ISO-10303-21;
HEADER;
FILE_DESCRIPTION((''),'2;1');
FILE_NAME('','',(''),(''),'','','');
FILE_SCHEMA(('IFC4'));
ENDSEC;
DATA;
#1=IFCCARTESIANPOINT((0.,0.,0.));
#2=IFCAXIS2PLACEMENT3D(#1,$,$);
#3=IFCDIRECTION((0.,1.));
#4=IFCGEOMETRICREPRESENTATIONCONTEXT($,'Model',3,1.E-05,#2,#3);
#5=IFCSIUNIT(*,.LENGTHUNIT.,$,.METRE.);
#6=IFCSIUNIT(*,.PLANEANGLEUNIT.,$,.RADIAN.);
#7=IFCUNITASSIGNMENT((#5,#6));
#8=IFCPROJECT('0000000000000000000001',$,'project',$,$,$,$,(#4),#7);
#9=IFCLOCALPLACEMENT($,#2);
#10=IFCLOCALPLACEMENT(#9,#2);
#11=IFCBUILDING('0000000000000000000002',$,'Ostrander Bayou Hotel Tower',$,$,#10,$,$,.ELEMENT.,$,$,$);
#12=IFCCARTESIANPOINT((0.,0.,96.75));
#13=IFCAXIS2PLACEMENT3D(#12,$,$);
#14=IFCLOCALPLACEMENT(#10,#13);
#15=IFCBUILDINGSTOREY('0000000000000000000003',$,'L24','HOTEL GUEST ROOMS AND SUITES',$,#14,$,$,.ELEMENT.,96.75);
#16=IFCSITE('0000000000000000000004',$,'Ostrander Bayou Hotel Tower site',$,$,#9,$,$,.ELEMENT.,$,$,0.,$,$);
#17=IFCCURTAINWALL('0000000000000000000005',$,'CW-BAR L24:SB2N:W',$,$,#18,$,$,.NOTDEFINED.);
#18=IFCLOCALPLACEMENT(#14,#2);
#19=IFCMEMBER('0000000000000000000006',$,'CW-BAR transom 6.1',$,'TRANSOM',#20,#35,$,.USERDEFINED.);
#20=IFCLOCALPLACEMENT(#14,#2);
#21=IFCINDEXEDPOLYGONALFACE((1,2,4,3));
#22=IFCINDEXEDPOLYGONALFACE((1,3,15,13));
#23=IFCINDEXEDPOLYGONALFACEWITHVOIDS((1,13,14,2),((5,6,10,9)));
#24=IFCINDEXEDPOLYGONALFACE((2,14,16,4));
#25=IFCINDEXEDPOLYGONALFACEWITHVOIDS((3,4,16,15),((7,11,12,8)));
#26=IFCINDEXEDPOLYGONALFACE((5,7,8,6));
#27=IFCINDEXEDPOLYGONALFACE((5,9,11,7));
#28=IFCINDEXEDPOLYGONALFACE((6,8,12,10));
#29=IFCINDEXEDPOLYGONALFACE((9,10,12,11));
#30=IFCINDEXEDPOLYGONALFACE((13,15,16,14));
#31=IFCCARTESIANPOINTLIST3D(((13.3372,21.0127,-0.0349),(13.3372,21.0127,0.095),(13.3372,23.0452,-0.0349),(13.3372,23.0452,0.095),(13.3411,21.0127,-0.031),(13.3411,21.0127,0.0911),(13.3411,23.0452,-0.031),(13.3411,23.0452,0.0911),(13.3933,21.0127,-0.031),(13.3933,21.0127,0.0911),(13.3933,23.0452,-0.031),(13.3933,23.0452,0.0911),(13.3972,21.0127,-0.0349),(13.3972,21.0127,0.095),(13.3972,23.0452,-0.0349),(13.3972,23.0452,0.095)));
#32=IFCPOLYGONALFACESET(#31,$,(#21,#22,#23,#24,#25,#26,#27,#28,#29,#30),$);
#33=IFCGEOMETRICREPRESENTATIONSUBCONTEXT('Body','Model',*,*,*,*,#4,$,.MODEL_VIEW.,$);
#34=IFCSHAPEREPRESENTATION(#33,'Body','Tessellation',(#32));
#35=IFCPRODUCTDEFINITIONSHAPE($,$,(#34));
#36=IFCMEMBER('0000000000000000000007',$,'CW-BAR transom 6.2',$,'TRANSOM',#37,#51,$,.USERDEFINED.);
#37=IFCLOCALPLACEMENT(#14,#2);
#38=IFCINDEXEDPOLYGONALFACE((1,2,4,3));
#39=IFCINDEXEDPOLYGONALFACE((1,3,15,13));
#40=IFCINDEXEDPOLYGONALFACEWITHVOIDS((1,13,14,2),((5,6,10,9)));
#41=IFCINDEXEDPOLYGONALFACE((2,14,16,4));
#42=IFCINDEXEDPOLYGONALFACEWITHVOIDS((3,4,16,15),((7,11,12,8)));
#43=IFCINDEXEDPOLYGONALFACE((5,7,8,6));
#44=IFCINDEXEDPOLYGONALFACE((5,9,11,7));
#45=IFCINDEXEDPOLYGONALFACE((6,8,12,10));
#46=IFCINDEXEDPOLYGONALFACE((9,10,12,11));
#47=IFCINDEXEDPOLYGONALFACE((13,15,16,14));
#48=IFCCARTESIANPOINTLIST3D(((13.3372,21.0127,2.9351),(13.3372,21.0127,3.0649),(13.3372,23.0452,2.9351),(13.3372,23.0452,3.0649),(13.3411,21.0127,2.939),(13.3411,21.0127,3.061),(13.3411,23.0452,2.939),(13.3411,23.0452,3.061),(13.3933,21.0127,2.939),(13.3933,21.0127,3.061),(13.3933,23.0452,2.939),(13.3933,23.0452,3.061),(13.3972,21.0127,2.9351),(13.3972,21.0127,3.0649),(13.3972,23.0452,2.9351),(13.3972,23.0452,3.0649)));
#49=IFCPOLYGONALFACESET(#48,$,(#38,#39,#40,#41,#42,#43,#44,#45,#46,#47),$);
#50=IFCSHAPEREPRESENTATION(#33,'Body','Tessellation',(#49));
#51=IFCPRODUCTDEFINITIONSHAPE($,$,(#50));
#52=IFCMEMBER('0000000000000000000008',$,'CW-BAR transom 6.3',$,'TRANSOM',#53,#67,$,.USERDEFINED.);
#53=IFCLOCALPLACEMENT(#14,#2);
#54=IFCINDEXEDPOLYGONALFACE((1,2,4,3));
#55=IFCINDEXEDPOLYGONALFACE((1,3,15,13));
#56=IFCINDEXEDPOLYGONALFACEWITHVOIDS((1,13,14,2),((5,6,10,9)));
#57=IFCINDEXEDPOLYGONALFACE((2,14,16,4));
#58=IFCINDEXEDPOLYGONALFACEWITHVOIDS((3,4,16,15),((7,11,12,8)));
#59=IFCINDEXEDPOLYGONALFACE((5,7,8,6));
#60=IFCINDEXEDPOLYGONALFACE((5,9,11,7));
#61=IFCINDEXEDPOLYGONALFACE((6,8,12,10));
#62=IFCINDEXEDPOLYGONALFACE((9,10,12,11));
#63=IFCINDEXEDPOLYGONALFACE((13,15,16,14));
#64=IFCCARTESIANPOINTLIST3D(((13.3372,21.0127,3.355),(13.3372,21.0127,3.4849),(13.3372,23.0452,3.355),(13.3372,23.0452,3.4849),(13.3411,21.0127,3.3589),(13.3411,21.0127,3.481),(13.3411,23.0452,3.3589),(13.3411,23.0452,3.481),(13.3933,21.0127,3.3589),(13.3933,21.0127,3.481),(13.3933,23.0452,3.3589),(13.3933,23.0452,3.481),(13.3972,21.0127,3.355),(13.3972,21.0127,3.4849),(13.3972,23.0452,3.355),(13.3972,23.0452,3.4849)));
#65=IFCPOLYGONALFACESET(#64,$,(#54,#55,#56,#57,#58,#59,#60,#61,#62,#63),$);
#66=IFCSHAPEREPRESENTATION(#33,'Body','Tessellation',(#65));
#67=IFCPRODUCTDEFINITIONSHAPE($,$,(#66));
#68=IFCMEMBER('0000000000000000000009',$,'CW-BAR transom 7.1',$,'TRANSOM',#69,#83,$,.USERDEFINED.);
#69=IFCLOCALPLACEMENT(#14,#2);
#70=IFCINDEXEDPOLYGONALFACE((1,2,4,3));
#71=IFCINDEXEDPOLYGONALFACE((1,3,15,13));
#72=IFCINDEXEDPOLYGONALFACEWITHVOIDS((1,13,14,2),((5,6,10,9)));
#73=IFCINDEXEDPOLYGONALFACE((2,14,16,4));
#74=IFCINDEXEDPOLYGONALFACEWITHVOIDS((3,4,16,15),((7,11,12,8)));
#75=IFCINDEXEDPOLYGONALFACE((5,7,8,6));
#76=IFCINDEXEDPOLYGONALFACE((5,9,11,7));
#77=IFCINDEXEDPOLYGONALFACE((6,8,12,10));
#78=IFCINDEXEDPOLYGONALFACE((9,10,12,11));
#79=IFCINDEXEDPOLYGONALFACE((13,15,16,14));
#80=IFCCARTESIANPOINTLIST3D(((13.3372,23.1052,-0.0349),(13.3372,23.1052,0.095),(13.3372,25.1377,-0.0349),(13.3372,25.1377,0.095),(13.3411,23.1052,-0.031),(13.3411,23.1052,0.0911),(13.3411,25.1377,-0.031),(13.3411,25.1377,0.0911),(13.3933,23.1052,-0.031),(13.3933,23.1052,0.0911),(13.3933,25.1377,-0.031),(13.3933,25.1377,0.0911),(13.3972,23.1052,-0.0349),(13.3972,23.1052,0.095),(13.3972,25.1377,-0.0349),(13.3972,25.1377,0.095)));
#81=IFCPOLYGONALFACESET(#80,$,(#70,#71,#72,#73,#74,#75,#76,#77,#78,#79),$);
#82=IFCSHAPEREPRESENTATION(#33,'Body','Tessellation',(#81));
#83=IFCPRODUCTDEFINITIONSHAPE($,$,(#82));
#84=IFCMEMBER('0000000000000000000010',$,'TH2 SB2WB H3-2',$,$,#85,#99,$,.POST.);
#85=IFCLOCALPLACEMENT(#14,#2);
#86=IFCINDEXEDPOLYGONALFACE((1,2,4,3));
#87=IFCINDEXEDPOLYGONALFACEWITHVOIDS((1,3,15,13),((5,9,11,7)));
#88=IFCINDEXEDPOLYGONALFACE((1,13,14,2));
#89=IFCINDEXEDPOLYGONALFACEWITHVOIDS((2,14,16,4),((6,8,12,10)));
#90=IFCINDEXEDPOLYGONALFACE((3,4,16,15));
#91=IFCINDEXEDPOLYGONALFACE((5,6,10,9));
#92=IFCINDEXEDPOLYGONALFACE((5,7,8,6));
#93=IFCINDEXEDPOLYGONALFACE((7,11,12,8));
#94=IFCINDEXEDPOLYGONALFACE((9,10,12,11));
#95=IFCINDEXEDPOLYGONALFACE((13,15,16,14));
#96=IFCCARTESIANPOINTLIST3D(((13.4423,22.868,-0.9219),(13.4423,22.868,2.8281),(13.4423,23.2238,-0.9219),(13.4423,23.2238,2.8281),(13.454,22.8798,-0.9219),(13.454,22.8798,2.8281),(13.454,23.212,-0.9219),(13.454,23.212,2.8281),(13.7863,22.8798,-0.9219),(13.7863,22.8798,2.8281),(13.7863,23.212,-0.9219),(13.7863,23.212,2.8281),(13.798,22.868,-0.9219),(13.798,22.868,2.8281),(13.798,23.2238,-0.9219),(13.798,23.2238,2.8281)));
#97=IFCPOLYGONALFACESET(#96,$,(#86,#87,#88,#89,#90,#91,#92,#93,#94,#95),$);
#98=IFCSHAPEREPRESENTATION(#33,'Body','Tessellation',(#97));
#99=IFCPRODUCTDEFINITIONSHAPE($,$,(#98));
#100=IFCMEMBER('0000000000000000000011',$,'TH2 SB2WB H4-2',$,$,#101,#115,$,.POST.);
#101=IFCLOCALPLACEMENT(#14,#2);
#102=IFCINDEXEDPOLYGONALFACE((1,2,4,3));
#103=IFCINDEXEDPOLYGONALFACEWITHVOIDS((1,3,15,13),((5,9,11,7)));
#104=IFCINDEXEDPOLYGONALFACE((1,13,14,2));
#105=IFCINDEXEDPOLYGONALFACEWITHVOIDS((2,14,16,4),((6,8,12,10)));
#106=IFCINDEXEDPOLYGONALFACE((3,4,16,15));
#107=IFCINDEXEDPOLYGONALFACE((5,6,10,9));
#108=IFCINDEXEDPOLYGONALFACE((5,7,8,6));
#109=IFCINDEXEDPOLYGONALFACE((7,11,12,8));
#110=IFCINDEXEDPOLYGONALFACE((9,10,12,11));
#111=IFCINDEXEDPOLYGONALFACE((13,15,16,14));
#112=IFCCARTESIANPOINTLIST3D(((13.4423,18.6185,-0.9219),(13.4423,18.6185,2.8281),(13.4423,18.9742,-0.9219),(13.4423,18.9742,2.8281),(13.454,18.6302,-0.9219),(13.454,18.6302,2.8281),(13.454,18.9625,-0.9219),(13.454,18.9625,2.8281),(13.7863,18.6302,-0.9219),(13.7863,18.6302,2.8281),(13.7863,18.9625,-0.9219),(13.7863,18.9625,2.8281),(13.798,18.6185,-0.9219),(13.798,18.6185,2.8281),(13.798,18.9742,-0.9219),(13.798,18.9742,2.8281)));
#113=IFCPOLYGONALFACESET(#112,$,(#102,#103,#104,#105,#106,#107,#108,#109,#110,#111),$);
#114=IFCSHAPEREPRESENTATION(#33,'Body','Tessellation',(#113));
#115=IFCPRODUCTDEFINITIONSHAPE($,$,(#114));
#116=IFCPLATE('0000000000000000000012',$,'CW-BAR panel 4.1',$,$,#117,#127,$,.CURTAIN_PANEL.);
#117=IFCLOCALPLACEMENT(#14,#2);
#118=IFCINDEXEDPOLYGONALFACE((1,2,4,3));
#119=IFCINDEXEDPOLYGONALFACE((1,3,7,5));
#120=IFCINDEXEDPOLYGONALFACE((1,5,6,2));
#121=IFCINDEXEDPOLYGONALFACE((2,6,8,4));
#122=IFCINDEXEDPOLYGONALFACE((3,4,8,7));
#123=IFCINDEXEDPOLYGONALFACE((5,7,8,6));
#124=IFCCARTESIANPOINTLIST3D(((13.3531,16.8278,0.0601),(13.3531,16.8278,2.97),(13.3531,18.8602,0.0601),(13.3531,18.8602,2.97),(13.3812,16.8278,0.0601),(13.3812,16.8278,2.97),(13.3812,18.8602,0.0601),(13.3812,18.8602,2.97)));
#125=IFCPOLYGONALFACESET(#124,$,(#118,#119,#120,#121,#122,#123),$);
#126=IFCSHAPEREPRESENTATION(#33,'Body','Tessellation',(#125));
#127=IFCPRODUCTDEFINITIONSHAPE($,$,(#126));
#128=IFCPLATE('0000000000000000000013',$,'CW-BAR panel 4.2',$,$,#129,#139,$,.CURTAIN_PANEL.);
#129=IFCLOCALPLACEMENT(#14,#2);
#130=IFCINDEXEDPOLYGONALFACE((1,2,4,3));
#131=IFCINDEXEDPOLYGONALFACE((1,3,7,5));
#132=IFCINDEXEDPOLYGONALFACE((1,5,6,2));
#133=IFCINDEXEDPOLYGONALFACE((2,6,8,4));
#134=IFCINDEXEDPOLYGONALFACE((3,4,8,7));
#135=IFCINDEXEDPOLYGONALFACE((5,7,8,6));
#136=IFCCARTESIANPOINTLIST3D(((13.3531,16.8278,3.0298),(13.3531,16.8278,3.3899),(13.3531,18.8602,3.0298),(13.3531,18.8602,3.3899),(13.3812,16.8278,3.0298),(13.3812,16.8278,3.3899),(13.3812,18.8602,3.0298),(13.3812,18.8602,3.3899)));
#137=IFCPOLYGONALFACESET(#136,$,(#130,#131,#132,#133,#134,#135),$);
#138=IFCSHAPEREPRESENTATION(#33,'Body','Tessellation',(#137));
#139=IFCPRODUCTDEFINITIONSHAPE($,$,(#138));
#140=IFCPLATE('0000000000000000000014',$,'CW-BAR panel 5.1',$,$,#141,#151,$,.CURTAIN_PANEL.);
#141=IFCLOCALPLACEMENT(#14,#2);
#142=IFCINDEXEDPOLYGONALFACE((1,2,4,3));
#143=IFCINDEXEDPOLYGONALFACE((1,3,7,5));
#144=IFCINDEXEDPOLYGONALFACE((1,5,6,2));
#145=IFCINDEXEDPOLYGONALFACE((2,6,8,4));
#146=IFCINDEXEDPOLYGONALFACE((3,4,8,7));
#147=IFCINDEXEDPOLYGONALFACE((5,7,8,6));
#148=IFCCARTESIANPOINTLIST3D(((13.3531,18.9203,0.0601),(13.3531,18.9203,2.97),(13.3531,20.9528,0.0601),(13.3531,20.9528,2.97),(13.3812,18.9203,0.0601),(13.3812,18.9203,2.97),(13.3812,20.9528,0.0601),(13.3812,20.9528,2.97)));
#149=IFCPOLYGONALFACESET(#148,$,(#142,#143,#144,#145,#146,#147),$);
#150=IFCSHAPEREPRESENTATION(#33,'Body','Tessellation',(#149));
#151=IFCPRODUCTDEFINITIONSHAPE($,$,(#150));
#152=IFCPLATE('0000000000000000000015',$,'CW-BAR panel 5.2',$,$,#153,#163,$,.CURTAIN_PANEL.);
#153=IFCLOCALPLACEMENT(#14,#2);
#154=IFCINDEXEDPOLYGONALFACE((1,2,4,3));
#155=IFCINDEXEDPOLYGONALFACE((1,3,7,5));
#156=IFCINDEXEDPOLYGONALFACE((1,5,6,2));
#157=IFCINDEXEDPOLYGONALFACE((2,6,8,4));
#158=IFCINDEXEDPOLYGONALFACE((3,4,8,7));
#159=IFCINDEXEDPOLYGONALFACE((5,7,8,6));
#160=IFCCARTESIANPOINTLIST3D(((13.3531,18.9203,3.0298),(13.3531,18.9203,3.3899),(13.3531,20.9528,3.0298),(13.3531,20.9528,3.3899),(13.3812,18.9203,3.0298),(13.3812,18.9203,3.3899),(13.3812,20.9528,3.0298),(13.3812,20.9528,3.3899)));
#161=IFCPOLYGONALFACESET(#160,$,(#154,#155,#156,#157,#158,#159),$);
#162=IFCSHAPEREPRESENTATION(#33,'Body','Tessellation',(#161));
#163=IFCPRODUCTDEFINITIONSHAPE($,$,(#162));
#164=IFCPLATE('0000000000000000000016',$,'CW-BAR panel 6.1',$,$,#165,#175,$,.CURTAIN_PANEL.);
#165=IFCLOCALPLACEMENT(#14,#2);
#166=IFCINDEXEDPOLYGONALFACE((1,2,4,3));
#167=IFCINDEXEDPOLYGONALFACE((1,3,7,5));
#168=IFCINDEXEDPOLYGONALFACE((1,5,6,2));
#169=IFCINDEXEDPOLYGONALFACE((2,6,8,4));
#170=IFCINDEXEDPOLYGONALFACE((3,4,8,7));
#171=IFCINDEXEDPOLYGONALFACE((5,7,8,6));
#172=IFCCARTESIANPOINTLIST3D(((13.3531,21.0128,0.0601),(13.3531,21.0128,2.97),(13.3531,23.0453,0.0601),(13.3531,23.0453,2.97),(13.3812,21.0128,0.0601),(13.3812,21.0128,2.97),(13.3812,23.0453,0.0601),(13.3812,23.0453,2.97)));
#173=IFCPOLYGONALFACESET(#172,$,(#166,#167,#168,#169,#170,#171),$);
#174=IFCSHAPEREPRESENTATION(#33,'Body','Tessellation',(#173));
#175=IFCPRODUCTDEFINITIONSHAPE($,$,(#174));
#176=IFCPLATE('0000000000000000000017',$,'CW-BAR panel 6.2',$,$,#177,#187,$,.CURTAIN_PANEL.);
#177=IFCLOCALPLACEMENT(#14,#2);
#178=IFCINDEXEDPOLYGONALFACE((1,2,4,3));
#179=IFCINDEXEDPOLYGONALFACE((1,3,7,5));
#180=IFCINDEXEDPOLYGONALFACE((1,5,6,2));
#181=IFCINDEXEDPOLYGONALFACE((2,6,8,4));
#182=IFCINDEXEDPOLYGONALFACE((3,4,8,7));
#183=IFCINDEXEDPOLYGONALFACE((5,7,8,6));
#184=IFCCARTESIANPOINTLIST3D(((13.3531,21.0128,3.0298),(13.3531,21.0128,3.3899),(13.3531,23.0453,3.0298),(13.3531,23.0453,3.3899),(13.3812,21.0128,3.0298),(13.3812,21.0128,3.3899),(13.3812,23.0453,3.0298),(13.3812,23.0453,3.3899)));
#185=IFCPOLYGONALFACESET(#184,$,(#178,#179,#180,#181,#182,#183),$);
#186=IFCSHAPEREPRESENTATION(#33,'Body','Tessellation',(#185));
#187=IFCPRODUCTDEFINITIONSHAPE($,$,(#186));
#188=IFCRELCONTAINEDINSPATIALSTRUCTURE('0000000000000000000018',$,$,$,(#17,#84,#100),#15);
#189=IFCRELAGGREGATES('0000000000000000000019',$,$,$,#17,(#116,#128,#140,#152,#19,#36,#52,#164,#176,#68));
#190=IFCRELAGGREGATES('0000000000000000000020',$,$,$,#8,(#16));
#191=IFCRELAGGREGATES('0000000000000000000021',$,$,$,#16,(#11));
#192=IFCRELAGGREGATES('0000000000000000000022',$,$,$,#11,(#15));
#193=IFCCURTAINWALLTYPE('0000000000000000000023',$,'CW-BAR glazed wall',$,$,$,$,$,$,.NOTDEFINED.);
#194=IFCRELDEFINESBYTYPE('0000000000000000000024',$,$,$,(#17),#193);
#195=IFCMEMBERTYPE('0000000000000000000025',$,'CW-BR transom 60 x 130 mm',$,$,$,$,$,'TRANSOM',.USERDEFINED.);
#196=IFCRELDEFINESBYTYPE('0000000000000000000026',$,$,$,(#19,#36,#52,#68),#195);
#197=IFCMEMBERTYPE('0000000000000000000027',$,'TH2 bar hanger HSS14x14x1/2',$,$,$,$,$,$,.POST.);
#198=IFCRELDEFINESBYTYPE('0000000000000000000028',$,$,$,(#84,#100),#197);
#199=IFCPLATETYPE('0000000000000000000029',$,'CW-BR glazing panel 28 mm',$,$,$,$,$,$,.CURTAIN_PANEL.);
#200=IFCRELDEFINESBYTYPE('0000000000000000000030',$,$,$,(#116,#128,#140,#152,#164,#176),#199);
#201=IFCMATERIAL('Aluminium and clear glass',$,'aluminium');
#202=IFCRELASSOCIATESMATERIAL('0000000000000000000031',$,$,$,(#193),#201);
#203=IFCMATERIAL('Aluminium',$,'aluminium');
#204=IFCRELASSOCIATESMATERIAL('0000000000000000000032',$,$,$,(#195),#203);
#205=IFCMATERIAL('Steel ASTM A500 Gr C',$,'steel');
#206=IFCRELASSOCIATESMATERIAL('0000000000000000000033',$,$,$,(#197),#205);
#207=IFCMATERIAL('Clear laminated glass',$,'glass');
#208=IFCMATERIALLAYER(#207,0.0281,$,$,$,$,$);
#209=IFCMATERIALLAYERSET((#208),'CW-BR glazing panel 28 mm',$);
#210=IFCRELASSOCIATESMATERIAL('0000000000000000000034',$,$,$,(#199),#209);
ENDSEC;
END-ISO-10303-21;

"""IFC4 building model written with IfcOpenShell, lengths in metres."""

from ifc_helpers import new_model, si_unit, direction, frame, origin, origin_2d, place, context, subcontext, project, spatial, rectangle, hollow_rectangle, extrude, material, layer, layer_set, material_profile, profile_set, type_object, element, aggregate, save


model = new_model("IFC4")

# Units and contexts
model_context = context("Model", 3, precision=1e-05, world=origin(), true_north=direction((0.0, 1.0)))
body_context = subcontext(model_context, "Body", "Model", "MODEL_VIEW")
ifc_project = project(units=[si_unit("LENGTHUNIT", "METRE"), si_unit("PLANEANGLEUNIT", "RADIAN")], contexts=[model_context])

# Site, building, storey
site_placement = place(None, origin())
site = spatial("IfcSite", under=ifc_project, at=site_placement, Name="Ostrander Bayou Hotel Tower site", CompositionType="ELEMENT", RefElevation=0.0)
building_placement = place(site_placement, origin())
building = spatial("IfcBuilding", under=site, at=building_placement, Name="Ostrander Bayou Hotel Tower", CompositionType="ELEMENT")
storey_placement = place(building_placement, frame((0.0, 0.0, 96.75)))
storey = spatial("IfcBuildingStorey", under=building, at=storey_placement, Name="L24", Description="HOTEL GUEST ROOMS AND SUITES", CompositionType="ELEMENT", Elevation=96.75)

# Curtain wall, members
ifc_material_1 = material(Name="Aluminium and clear glass", Category="aluminium")
curtain_wall_type = type_object("IfcCurtainWallType", Name="CW-BAR glazed wall", PredefinedType="NOTDEFINED", material=ifc_material_1)
curtain_wall_placement = place(storey_placement, origin())
curtain_wall = element("IfcCurtainWall", 1, at=curtain_wall_placement, inside=storey, type_object=curtain_wall_type, Name="CW-BAR L24:SB2N:W", PredefinedType="NOTDEFINED")
ifc_material_2 = material(Name="Aluminium", Category="aluminium")
ifc_material_profile_1 = material_profile(ifc_material_2, hollow_rectangle(XDim=0.0601, YDim=0.1299, WallThickness=0.0039, at=origin_2d()))
ifc_profile_set_1 = profile_set([ifc_material_profile_1], Name="Aluminium")
member_type_1 = type_object("IfcMemberType", Name="CW-BR transom 60 x 130 mm", ElementType="TRANSOM", PredefinedType="USERDEFINED", material=ifc_profile_set_1)
member_1_placement = place(storey_placement, frame((13.3672, 21.0127, 0.03), z_axis=(0.0, 1.0, 0.0), x_axis=(-1.0, 0.0, 0.0)))
member_1 = element("IfcMember", 2, at=member_1_placement, type_object=member_type_1, Name="CW-BAR transom 6.1", ObjectType="TRANSOM", PredefinedType="USERDEFINED", context=body_context, shape_type="SweptSolid", body=[
    extrude(hollow_rectangle(XDim=0.0601, YDim=0.1299, WallThickness=0.0039, at=origin_2d()), origin(), (0.0, 0.0, 1.0), 2.0325),
])
member_2_placement = place(storey_placement, frame((13.3672, 21.0127, 3.0), z_axis=(0.0, 1.0, 0.0), x_axis=(-1.0, 0.0, 0.0)))
member_2 = element("IfcMember", 3, at=member_2_placement, type_object=member_type_1, Name="CW-BAR transom 6.2", ObjectType="TRANSOM", PredefinedType="USERDEFINED", context=body_context, shape_type="SweptSolid", body=[
    extrude(hollow_rectangle(XDim=0.0601, YDim=0.1299, WallThickness=0.0039, at=origin_2d()), origin(), (0.0, 0.0, 1.0), 2.0325),
])
member_3_placement = place(storey_placement, frame((13.3672, 21.0127, 3.4199), z_axis=(0.0, 1.0, 0.0), x_axis=(-1.0, 0.0, 0.0)))
member_3 = element("IfcMember", 4, at=member_3_placement, type_object=member_type_1, Name="CW-BAR transom 6.3", ObjectType="TRANSOM", PredefinedType="USERDEFINED", context=body_context, shape_type="SweptSolid", body=[
    extrude(hollow_rectangle(XDim=0.0601, YDim=0.1299, WallThickness=0.0039, at=origin_2d()), origin(), (0.0, 0.0, 1.0), 2.0325),
])
member_4_placement = place(storey_placement, frame((13.3672, 23.1052, 0.03), z_axis=(0.0, 1.0, 0.0), x_axis=(-1.0, 0.0, 0.0)))
member_4 = element("IfcMember", 5, at=member_4_placement, type_object=member_type_1, Name="CW-BAR transom 7.1", ObjectType="TRANSOM", PredefinedType="USERDEFINED", context=body_context, shape_type="SweptSolid", body=[
    extrude(hollow_rectangle(XDim=0.0601, YDim=0.1299, WallThickness=0.0039, at=origin_2d()), origin(), (0.0, 0.0, 1.0), 2.0325),
])

# Members
ifc_material_3 = material(Name="Steel ASTM A500 Gr C", Category="steel")
ifc_material_profile_2 = material_profile(ifc_material_3, hollow_rectangle(XDim=0.3557, YDim=0.3557, WallThickness=0.0117, at=origin_2d()))
ifc_profile_set_2 = profile_set([ifc_material_profile_2], Name="Steel ASTM A500 Gr C")
member_type_2 = type_object("IfcMemberType", Name="TH2 bar hanger HSS14x14x1/2", PredefinedType="POST", material=ifc_profile_set_2)
for number, where, z_axis, x_axis, name in (
    (6, (13.6201, 23.0459, -0.9219), (0.0, 0.0, 1.0), (1.0, 0.0, 0.0), "TH2 SB2WB H3-2"),
    (7, (13.6201, 18.7964, -0.9219), (0.0, 0.0, 1.0), (1.0, 0.0, 0.0), "TH2 SB2WB H4-2"),
):
    element("IfcMember", number, at=place(storey_placement, frame(where, z_axis=z_axis, x_axis=x_axis)), inside=storey, type_object=member_type_2, Name=name, PredefinedType="POST", context=body_context, shape_type="SweptSolid", body=[
        extrude(hollow_rectangle(XDim=0.3557, YDim=0.3557, WallThickness=0.0117, at=origin_2d()), origin(), (0.0, 0.0, 1.0), 3.75),
    ])

# Plates
ifc_material_4 = material(Name="Clear laminated glass", Category="glass")
ifc_layer = layer(ifc_material_4, 0.0281)
ifc_layer_set = layer_set([ifc_layer], Name="CW-BR glazing panel 28 mm")
plate_type = type_object("IfcPlateType", Name="CW-BR glazing panel 28 mm", PredefinedType="CURTAIN_PANEL", material=ifc_layer_set)
plate_1_placement = place(storey_placement, frame((13.3672, 17.844, 0.0601), z_axis=(0.0, 0.0, 1.0), x_axis=(0.0, 1.0, 0.0)))
plate_1 = element("IfcPlate", 8, at=plate_1_placement, type_object=plate_type, Name="CW-BAR panel 4.1", PredefinedType="CURTAIN_PANEL", context=body_context, shape_type="SweptSolid", body=[
    extrude(rectangle(XDim=2.0325, YDim=0.0281, at=origin_2d()), origin(), (0.0, 0.0, 1.0), 2.9099),
])
plate_2_placement = place(storey_placement, frame((13.3672, 17.844, 3.0298), z_axis=(0.0, 0.0, 1.0), x_axis=(0.0, 1.0, 0.0)))
plate_2 = element("IfcPlate", 9, at=plate_2_placement, type_object=plate_type, Name="CW-BAR panel 4.2", PredefinedType="CURTAIN_PANEL", context=body_context, shape_type="SweptSolid", body=[
    extrude(rectangle(XDim=2.0325, YDim=0.0281, at=origin_2d()), origin(), (0.0, 0.0, 1.0), 0.3601),
])
plate_3_placement = place(storey_placement, frame((13.3672, 19.9365, 0.0601), z_axis=(0.0, 0.0, 1.0), x_axis=(0.0, 1.0, 0.0)))
plate_3 = element("IfcPlate", 10, at=plate_3_placement, type_object=plate_type, Name="CW-BAR panel 5.1", PredefinedType="CURTAIN_PANEL", context=body_context, shape_type="SweptSolid", body=[
    extrude(rectangle(XDim=2.0325, YDim=0.0281, at=origin_2d()), origin(), (0.0, 0.0, 1.0), 2.9099),
])
plate_4_placement = place(storey_placement, frame((13.3672, 19.9365, 3.0298), z_axis=(0.0, 0.0, 1.0), x_axis=(0.0, 1.0, 0.0)))
plate_4 = element("IfcPlate", 11, at=plate_4_placement, type_object=plate_type, Name="CW-BAR panel 5.2", PredefinedType="CURTAIN_PANEL", context=body_context, shape_type="SweptSolid", body=[
    extrude(rectangle(XDim=2.0325, YDim=0.0281, at=origin_2d()), origin(), (0.0, 0.0, 1.0), 0.3601),
])
plate_5_placement = place(storey_placement, frame((13.3672, 22.0291, 0.0601), z_axis=(0.0, 0.0, 1.0), x_axis=(0.0, 1.0, 0.0)))
plate_5 = element("IfcPlate", 12, at=plate_5_placement, type_object=plate_type, Name="CW-BAR panel 6.1", PredefinedType="CURTAIN_PANEL", context=body_context, shape_type="SweptSolid", body=[
    extrude(rectangle(XDim=2.0325, YDim=0.0281, at=origin_2d()), origin(), (0.0, 0.0, 1.0), 2.9099),
])
plate_6_placement = place(storey_placement, frame((13.3672, 22.0291, 3.0298), z_axis=(0.0, 0.0, 1.0), x_axis=(0.0, 1.0, 0.0)))
plate_6 = element("IfcPlate", 13, at=plate_6_placement, type_object=plate_type, Name="CW-BAR panel 6.2", PredefinedType="CURTAIN_PANEL", context=body_context, shape_type="SweptSolid", body=[
    extrude(rectangle(XDim=2.0325, YDim=0.0281, at=origin_2d()), origin(), (0.0, 0.0, 1.0), 0.3601),
])
aggregate(curtain_wall, [plate_1, plate_2, plate_3, plate_4, member_1, member_2, member_3, plate_5, plate_6, member_4])

save(model, "model.ifc")
